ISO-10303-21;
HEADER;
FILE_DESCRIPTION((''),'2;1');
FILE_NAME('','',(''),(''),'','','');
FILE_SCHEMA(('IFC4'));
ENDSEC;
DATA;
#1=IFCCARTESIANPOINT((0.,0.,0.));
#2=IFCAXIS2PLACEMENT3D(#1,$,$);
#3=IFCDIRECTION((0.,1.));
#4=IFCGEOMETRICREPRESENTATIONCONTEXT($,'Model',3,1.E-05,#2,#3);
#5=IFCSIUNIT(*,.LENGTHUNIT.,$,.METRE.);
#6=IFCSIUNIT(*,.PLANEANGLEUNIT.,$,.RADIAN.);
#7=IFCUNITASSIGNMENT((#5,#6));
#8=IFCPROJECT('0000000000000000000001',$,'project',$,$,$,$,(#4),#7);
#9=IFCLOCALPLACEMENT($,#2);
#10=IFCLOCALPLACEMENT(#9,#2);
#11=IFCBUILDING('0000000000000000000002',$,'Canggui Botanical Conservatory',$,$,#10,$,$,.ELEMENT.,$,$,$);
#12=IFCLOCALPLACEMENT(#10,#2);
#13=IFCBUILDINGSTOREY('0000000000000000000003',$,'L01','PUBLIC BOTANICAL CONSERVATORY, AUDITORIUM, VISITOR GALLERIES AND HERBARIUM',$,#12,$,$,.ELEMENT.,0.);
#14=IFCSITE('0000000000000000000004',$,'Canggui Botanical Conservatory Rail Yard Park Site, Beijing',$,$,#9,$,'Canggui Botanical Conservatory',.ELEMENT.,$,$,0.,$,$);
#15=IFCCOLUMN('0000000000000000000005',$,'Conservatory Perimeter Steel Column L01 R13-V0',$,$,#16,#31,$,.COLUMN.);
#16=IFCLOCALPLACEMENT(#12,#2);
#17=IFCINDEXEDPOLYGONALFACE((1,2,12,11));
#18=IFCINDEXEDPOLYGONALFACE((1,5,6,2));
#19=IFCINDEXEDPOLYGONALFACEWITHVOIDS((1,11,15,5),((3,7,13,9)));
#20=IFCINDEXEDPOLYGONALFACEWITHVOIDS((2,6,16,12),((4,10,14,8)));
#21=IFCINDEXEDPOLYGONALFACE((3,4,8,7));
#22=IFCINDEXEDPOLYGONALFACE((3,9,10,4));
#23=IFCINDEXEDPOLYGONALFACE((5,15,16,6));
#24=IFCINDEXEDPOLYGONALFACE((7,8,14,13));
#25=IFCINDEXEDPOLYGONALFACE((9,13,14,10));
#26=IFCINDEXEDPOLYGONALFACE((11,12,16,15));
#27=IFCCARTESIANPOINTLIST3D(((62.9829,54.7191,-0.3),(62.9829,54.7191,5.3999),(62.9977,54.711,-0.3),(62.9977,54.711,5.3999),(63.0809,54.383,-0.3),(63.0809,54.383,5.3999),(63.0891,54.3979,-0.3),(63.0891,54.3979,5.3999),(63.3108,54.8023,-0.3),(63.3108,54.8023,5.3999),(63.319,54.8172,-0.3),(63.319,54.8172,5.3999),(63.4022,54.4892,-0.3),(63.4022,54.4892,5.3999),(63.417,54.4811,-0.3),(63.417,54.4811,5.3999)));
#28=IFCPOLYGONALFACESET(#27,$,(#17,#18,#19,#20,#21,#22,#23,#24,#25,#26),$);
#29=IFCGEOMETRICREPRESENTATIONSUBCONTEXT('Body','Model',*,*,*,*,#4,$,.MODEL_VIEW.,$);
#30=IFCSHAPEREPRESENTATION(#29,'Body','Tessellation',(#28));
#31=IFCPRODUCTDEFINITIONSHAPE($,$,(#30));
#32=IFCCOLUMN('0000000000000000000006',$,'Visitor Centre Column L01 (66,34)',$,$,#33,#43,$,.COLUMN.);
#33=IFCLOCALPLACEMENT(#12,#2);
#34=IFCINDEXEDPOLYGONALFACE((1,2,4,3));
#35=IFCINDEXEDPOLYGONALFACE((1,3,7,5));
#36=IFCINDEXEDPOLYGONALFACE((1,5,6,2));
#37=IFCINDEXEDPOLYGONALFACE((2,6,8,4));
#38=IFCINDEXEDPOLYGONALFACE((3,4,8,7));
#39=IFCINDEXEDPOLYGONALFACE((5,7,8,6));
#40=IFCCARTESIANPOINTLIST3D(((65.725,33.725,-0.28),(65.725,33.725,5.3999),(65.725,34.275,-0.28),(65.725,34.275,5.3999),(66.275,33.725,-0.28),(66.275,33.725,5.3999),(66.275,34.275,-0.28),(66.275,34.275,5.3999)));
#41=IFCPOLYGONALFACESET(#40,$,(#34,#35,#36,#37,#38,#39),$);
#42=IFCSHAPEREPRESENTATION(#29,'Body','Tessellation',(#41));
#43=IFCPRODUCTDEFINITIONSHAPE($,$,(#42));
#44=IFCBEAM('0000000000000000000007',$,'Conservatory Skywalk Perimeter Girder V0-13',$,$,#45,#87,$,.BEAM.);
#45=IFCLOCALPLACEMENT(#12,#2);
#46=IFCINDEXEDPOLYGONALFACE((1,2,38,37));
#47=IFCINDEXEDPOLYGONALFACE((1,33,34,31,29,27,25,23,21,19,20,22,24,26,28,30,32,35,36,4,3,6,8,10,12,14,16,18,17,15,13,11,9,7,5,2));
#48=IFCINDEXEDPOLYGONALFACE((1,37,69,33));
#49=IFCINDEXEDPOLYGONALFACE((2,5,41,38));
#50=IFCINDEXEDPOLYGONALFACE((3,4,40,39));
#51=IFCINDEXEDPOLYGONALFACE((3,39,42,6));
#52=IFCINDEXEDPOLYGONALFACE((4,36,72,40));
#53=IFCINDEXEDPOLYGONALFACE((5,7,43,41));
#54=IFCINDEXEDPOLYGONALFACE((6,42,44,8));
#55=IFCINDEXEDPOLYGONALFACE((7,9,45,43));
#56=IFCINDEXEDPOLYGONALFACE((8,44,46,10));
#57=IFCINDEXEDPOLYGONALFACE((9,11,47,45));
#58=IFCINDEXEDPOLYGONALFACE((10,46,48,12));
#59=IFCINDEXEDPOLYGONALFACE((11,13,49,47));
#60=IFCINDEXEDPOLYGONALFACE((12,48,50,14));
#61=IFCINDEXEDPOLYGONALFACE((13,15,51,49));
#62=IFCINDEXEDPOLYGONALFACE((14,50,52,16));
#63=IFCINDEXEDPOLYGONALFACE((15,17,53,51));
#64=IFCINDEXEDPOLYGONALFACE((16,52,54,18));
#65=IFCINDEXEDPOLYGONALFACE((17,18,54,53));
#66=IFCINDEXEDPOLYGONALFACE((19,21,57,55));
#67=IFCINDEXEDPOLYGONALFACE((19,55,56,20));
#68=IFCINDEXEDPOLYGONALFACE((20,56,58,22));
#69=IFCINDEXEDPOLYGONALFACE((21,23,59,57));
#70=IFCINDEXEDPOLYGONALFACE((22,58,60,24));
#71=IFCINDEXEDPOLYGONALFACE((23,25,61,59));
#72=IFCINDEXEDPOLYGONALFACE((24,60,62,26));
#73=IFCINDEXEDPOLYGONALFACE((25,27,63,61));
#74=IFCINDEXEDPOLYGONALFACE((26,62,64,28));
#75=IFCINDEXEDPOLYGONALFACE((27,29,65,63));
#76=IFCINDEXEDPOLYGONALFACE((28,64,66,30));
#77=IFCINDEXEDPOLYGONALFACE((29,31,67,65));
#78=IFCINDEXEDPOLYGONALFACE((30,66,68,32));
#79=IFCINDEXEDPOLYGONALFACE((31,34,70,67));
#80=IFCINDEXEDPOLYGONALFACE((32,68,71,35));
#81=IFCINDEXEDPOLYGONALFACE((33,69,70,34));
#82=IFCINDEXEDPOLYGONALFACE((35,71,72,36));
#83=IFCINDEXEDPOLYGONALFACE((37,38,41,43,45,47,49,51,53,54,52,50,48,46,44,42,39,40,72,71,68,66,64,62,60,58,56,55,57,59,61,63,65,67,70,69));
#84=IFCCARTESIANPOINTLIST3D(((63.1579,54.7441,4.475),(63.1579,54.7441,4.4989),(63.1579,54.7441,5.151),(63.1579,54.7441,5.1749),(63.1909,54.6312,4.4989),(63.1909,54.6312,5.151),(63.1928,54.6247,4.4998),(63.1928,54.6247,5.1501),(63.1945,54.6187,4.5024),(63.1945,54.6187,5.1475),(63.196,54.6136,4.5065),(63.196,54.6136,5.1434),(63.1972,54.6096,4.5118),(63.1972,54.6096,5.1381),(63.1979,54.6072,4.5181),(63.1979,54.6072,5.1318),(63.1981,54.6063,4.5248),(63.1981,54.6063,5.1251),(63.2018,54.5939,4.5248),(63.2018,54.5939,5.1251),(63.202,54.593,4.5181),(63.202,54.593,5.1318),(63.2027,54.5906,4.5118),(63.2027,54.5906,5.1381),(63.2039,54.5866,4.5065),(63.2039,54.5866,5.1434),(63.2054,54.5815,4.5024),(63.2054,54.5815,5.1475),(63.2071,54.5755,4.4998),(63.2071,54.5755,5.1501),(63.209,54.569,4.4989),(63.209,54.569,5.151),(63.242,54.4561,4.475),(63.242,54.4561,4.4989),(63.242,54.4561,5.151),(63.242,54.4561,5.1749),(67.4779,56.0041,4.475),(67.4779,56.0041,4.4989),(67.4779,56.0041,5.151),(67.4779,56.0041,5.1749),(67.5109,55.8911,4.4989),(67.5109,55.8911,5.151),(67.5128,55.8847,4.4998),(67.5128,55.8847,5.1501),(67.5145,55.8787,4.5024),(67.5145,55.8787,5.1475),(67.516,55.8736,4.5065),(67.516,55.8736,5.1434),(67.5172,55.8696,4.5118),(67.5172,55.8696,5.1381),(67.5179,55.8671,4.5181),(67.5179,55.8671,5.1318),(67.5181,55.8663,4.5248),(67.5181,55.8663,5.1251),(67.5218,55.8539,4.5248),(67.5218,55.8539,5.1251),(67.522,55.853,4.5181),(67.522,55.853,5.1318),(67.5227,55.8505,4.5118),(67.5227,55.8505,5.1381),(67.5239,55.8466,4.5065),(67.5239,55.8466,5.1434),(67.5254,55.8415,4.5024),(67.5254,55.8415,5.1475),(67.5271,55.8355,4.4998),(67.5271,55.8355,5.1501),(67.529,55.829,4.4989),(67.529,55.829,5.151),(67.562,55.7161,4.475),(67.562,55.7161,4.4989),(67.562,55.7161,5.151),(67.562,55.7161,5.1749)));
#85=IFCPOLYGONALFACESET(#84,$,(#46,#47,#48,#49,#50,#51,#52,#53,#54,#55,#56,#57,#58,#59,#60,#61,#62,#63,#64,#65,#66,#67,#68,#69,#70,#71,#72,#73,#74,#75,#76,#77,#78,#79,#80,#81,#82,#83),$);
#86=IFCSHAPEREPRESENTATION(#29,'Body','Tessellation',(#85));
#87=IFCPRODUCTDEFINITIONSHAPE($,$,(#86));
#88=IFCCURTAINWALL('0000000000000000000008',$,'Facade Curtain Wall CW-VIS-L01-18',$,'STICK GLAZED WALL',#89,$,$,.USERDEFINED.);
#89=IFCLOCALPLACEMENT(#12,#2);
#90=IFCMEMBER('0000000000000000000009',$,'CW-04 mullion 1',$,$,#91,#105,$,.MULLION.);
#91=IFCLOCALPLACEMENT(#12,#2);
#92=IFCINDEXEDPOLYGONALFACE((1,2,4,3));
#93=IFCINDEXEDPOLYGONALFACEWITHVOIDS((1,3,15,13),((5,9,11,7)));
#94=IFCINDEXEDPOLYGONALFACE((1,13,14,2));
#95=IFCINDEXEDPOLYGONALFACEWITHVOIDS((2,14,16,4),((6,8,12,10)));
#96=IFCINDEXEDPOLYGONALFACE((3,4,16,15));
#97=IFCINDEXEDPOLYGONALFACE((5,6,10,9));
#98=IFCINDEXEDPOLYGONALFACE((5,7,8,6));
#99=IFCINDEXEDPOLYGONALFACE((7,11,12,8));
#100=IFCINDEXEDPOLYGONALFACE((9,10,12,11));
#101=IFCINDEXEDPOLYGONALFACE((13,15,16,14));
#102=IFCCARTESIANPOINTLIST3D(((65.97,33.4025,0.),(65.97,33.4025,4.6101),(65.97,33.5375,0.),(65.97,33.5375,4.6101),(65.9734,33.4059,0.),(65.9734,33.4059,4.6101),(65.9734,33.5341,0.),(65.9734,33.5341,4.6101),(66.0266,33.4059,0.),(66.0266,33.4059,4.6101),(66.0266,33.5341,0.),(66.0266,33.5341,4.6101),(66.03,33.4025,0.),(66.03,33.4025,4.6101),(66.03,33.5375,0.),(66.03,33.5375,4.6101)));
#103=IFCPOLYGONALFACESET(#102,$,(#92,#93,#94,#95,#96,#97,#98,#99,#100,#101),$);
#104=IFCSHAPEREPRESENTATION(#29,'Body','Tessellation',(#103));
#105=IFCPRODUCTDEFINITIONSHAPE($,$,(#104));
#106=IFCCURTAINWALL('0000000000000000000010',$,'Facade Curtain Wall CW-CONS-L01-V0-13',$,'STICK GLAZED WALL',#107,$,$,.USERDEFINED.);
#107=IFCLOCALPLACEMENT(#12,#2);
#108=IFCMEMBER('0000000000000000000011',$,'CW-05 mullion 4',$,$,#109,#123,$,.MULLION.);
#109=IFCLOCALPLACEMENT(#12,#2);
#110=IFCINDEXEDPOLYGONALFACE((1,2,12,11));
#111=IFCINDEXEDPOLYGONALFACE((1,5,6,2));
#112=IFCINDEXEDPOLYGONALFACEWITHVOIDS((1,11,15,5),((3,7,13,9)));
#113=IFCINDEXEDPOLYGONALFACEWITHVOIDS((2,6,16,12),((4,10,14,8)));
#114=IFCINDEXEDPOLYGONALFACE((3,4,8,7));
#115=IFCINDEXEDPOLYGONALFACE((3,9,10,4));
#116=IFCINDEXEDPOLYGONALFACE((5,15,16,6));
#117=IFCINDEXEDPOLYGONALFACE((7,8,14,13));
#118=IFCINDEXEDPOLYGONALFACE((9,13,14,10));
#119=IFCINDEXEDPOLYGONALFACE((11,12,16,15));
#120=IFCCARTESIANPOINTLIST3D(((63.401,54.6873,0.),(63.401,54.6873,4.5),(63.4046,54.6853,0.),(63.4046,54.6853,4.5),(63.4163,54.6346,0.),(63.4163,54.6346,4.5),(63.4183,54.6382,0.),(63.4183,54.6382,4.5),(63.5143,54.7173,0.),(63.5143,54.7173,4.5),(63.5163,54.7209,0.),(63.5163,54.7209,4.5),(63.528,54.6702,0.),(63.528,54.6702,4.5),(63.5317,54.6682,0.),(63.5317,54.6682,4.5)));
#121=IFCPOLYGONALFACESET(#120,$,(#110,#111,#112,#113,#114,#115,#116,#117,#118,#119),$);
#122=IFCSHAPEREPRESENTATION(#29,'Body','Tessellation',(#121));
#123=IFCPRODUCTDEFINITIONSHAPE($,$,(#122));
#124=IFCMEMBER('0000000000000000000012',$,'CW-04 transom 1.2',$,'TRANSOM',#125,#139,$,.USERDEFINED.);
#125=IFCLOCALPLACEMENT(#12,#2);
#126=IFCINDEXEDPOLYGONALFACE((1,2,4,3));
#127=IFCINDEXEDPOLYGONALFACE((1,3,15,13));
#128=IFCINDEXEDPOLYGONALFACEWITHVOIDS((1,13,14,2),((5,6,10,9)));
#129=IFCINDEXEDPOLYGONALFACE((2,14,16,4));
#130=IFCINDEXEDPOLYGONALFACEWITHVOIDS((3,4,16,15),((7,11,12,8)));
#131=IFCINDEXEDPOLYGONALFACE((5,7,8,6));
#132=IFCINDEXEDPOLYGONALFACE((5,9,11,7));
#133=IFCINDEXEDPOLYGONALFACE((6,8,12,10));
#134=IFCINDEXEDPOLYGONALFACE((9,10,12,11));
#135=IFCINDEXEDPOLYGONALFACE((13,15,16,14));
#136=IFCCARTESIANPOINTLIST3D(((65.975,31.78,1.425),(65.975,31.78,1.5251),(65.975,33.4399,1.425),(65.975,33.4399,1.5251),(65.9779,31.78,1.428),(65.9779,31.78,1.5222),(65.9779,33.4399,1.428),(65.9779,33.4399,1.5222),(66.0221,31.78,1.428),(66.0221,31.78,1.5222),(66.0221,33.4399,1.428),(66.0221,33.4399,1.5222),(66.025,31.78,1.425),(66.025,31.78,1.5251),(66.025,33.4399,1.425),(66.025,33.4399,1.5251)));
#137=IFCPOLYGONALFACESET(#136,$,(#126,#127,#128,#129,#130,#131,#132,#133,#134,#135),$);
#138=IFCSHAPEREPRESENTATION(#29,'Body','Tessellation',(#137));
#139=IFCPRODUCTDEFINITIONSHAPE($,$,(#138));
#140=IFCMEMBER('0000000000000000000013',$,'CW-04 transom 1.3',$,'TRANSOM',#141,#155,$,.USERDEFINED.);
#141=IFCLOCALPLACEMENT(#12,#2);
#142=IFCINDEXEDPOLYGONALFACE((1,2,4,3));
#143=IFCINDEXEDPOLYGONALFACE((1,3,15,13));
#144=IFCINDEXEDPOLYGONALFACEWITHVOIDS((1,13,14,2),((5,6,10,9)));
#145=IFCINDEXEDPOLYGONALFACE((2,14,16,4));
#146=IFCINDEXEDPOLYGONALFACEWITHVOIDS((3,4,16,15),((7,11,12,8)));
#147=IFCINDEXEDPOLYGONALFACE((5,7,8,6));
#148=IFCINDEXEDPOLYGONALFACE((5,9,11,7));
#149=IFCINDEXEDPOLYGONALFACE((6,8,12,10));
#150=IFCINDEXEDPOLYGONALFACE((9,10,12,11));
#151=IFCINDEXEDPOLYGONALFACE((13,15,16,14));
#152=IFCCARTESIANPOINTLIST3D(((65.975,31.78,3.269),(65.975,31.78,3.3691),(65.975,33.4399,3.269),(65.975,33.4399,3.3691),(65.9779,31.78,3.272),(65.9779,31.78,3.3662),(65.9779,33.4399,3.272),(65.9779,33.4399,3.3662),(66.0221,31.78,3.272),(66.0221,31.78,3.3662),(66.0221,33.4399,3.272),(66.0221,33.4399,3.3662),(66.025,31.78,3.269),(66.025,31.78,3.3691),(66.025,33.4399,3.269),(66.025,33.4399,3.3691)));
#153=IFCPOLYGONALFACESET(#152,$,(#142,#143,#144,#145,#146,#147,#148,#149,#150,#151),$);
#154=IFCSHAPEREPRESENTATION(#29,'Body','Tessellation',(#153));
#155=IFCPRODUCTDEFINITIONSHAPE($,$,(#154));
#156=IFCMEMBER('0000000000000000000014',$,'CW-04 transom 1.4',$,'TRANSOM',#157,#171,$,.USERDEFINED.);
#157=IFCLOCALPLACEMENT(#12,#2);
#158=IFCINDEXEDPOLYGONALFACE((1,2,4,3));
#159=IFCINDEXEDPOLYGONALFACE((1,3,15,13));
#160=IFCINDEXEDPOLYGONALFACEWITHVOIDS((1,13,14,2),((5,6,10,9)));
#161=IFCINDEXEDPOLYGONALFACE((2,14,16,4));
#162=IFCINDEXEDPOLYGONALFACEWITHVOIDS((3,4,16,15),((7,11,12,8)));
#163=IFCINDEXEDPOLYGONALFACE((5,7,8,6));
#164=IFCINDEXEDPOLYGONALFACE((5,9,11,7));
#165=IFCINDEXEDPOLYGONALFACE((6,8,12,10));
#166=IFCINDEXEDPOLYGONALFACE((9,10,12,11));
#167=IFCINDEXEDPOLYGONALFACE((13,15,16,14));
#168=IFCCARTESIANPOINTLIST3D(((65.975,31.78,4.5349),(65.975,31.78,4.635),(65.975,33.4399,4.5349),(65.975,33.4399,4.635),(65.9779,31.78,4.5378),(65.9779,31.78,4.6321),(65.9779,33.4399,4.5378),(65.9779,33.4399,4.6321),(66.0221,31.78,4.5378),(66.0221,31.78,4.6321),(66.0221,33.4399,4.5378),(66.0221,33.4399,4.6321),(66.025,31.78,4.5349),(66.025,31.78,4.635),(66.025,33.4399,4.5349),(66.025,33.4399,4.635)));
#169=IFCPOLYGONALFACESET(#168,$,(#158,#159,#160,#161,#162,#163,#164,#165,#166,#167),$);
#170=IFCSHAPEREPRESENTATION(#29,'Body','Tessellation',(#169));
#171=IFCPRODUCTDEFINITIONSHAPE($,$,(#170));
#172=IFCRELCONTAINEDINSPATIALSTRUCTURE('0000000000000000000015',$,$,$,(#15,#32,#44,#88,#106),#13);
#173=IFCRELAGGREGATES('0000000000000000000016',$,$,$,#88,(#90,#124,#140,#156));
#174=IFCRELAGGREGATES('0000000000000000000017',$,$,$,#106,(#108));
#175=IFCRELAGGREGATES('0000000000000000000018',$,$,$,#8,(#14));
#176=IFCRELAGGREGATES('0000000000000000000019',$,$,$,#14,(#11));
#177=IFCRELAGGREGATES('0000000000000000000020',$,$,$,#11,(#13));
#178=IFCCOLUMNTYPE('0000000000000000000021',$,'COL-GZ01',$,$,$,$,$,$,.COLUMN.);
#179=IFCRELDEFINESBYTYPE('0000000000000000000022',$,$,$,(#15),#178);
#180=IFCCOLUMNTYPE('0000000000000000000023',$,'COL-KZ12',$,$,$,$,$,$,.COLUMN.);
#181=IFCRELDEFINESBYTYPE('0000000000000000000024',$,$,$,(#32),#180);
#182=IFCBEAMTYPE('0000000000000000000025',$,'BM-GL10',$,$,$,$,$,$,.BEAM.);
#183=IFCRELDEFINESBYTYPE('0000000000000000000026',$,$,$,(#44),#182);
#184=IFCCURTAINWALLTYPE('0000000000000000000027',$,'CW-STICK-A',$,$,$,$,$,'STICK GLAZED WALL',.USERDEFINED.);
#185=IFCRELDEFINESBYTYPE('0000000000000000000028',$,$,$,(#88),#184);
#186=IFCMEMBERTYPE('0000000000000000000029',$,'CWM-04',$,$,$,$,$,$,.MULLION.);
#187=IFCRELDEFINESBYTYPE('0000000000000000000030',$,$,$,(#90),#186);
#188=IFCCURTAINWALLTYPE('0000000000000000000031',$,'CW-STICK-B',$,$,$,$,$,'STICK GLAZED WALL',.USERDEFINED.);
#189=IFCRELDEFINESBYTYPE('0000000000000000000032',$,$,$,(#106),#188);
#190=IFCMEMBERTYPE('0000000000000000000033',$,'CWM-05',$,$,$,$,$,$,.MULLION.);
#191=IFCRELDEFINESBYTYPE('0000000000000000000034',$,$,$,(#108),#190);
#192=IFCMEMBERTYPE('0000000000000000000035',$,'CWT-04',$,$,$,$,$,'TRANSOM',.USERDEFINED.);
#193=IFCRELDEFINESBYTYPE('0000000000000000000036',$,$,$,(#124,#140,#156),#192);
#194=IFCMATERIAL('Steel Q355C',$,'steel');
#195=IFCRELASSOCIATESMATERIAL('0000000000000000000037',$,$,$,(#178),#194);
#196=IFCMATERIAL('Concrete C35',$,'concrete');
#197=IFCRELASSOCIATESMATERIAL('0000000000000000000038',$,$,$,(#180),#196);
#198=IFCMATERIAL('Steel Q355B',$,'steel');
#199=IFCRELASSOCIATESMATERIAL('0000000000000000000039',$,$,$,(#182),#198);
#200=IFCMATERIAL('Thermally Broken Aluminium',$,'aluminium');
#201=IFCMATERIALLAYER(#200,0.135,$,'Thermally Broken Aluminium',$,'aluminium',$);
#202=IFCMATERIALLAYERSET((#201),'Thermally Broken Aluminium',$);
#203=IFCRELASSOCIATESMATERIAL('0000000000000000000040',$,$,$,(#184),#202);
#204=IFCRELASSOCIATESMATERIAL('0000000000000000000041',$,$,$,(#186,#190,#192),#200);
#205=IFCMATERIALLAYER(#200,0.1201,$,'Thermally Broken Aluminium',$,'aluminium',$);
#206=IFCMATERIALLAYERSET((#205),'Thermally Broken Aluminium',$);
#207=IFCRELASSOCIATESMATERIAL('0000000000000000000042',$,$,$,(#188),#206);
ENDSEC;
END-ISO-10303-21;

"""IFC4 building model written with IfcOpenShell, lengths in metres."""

from ifc_helpers import new_model, si_unit, direction, frame, origin, origin_2d, place, context, subcontext, project, spatial, rectangle, hollow_rectangle, i_section, extrude, material, layer, layer_set, material_profile, profile_set, type_object, element, aggregate, save


model = new_model("IFC4")

# Units and contexts
model_context = context("Model", 3, precision=1e-05, world=origin(), true_north=direction((0.0, 1.0)))
body_context = subcontext(model_context, "Body", "Model", "MODEL_VIEW")
ifc_project = project(units=[si_unit("LENGTHUNIT", "METRE"), si_unit("PLANEANGLEUNIT", "RADIAN")], contexts=[model_context])

# Site, building, storey
site_placement = place(None, origin())
site = spatial("IfcSite", under=ifc_project, at=site_placement, Name="Canggui Botanical Conservatory Rail Yard Park Site, Beijing", LongName="Canggui Botanical Conservatory", CompositionType="ELEMENT", RefElevation=0.0)
building_placement = place(site_placement, origin())
building = spatial("IfcBuilding", under=site, at=building_placement, Name="Canggui Botanical Conservatory", CompositionType="ELEMENT")
storey_placement = place(building_placement, origin())
storey = spatial("IfcBuildingStorey", under=building, at=storey_placement, Name="L01", Description="PUBLIC BOTANICAL CONSERVATORY, AUDITORIUM, VISITOR GALLERIES AND HERBARIUM", CompositionType="ELEMENT", Elevation=0.0)

# Shared definitions
ifc_material_1 = material(Name="Concrete C35", Category="concrete")

# Columns
ifc_material_2 = material(Name="Steel Q355C", Category="steel")
ifc_material_profile_1 = material_profile(ifc_material_2, hollow_rectangle(XDim=0.3501, YDim=0.3501, WallThickness=0.012, at=origin_2d()), Name="SHS 350x350x12")
ifc_profile_set_1 = profile_set([ifc_material_profile_1], Name="Steel Q355C")
column_type_1 = type_object("IfcColumnType", Name="COL-GZ01", PredefinedType="COLUMN", material=ifc_profile_set_1)
column_1_placement = place(storey_placement, frame((63.2, 54.6001, -0.3), z_axis=(0.0, 0.0, 1.0), x_axis=(0.96, 0.28, 0.0)))
element("IfcColumn", 1, at=column_1_placement, inside=storey, type_object=column_type_1, Name="Conservatory Perimeter Steel Column L01 R13-V0", PredefinedType="COLUMN", context=body_context, shape_type="SweptSolid", body=[
    extrude(hollow_rectangle(XDim=0.3501, YDim=0.3501, WallThickness=0.012, at=origin_2d()), origin(), (0.0, 0.0, 1.0), 5.7),
])
ifc_material_profile_2 = material_profile(ifc_material_1, rectangle(XDim=0.55, YDim=0.55, at=origin_2d()), Name="RC 550x550")
ifc_profile_set_2 = profile_set([ifc_material_profile_2], Name="Concrete C35")
column_type_2 = type_object("IfcColumnType", Name="COL-KZ12", PredefinedType="COLUMN", material=ifc_profile_set_2)
column_2_placement = place(storey_placement, frame((66.0, 34.0, -0.28), z_axis=(0.0, 0.0, 1.0), x_axis=(1.0, 0.0, 0.0)))
element("IfcColumn", 2, at=column_2_placement, inside=storey, type_object=column_type_2, Name="Visitor Centre Column L01 (66,34)", PredefinedType="COLUMN", context=body_context, shape_type="SweptSolid", body=[
    extrude(rectangle(XDim=0.55, YDim=0.55, at=origin_2d()), origin(), (0.0, 0.0, 1.0), 5.6799),
])

# Beam
ifc_material_3 = material(Name="Steel Q355B", Category="steel")
ifc_material_profile_3 = material_profile(ifc_material_3, i_section(OverallWidth=0.3, OverallDepth=0.7, WebThickness=0.0129, FlangeThickness=0.0239, FilletRadius=0.0259, at=origin_2d()), Name="HN 700x300x13x24")
ifc_profile_set_3 = profile_set([ifc_material_profile_3], Name="Steel Q355B")
beam_type = type_object("IfcBeamType", Name="BM-GL10", PredefinedType="BEAM", material=ifc_profile_set_3)
beam_placement = place(storey_placement, frame((63.2, 54.6001, 4.825), z_axis=(0.960001, 0.279998, 0.0), x_axis=(-0.279998, 0.960001, 0.0)))
element("IfcBeam", 3, at=beam_placement, inside=storey, type_object=beam_type, Name="Conservatory Skywalk Perimeter Girder V0-13", PredefinedType="BEAM", context=body_context, shape_type="SweptSolid", body=[
    extrude(i_section(OverallWidth=0.3, OverallDepth=0.7, WebThickness=0.0129, FlangeThickness=0.0239, FilletRadius=0.0259, at=origin_2d()), origin(), (0.0, 0.0, 1.0), 4.5),
])

# Curtain walls, members
ifc_material_4 = material(Name="Thermally Broken Aluminium", Category="aluminium")
ifc_layer_1 = layer(ifc_material_4, 0.135, Name="Thermally Broken Aluminium", Category="aluminium")
ifc_layer_set_1 = layer_set([ifc_layer_1], Name="Thermally Broken Aluminium")
curtain_wall_type_1 = type_object("IfcCurtainWallType", Name="CW-STICK-A", ElementType="STICK GLAZED WALL", PredefinedType="USERDEFINED", material=ifc_layer_set_1)
curtain_wall_1_placement = place(storey_placement, origin())
curtain_wall_1 = element("IfcCurtainWall", 4, at=curtain_wall_1_placement, inside=storey, type_object=curtain_wall_type_1, Name="Facade Curtain Wall CW-VIS-L01-18", ObjectType="STICK GLAZED WALL", PredefinedType="USERDEFINED")
ifc_material_profile_4 = material_profile(ifc_material_4, hollow_rectangle(XDim=0.0601, YDim=0.135, WallThickness=0.0034, at=origin_2d()), Name="CWM 60x135x3.5")
ifc_profile_set_4 = profile_set([ifc_material_profile_4], Name="Thermally Broken Aluminium")
member_type_1 = type_object("IfcMemberType", Name="CWM-04", PredefinedType="MULLION", material=ifc_profile_set_4)
member_1_placement = place(storey_placement, frame((66.0, 33.47, 0.0), z_axis=(0.0, 0.0, 1.0), x_axis=(1.0, 0.0, 0.0)))
member_1 = element("IfcMember", 5, at=member_1_placement, type_object=member_type_1, Name="CW-04 mullion 1", PredefinedType="MULLION", context=body_context, shape_type="SweptSolid", body=[
    extrude(hollow_rectangle(XDim=0.0601, YDim=0.135, WallThickness=0.0034, at=origin_2d()), origin(), (0.0, 0.0, 1.0), 4.6101),
])
ifc_layer_2 = layer(ifc_material_4, 0.1201, Name="Thermally Broken Aluminium", Category="aluminium")
ifc_layer_set_2 = layer_set([ifc_layer_2], Name="Thermally Broken Aluminium")
curtain_wall_type_2 = type_object("IfcCurtainWallType", Name="CW-STICK-B", ElementType="STICK GLAZED WALL", PredefinedType="USERDEFINED", material=ifc_layer_set_2)
curtain_wall_2_placement = place(storey_placement, origin())
curtain_wall_2 = element("IfcCurtainWall", 6, at=curtain_wall_2_placement, inside=storey, type_object=curtain_wall_type_2, Name="Facade Curtain Wall CW-CONS-L01-V0-13", ObjectType="STICK GLAZED WALL", PredefinedType="USERDEFINED")
ifc_material_profile_5 = material_profile(ifc_material_4, hollow_rectangle(XDim=0.0549, YDim=0.1201, WallThickness=0.0029, at=origin_2d()), Name="CWM 55x120x3")
ifc_profile_set_5 = profile_set([ifc_material_profile_5], Name="Thermally Broken Aluminium")
member_type_2 = type_object("IfcMemberType", Name="CWM-05", PredefinedType="MULLION", material=ifc_profile_set_5)
member_2_placement = place(storey_placement, frame((63.4663, 54.6777, 0.0), z_axis=(0.0, 0.0, 1.0), x_axis=(0.28, -0.96, 0.0)))
member_2 = element("IfcMember", 7, at=member_2_placement, type_object=member_type_2, Name="CW-05 mullion 4", PredefinedType="MULLION", context=body_context, shape_type="SweptSolid", body=[
    extrude(hollow_rectangle(XDim=0.0549, YDim=0.1201, WallThickness=0.0029, at=origin_2d()), origin(), (0.0, 0.0, 1.0), 4.5),
])

# Members
ifc_material_profile_6 = material_profile(ifc_material_4, hollow_rectangle(XDim=0.05, YDim=0.1001, WallThickness=0.0029, at=origin_2d()), Name="CWT 50x100x3")
ifc_profile_set_6 = profile_set([ifc_material_profile_6], Name="Thermally Broken Aluminium")
member_type_3 = type_object("IfcMemberType", Name="CWT-04", ElementType="TRANSOM", PredefinedType="USERDEFINED", material=ifc_profile_set_6)
member_3_placement = place(storey_placement, frame((66.0, 33.4399, 1.4751), z_axis=(0.0, -1.0, 0.0), x_axis=(1.0, 0.0, 0.0)))
member_3 = element("IfcMember", 8, at=member_3_placement, type_object=member_type_3, Name="CW-04 transom 1.2", ObjectType="TRANSOM", PredefinedType="USERDEFINED", context=body_context, shape_type="SweptSolid", body=[
    extrude(hollow_rectangle(XDim=0.05, YDim=0.1001, WallThickness=0.0029, at=origin_2d()), origin(), (0.0, 0.0, 1.0), 1.6599),
])
member_4_placement = place(storey_placement, frame((66.0, 33.4399, 3.3191), z_axis=(0.0, -1.0, 0.0), x_axis=(1.0, 0.0, 0.0)))
member_4 = element("IfcMember", 9, at=member_4_placement, type_object=member_type_3, Name="CW-04 transom 1.3", ObjectType="TRANSOM", PredefinedType="USERDEFINED", context=body_context, shape_type="SweptSolid", body=[
    extrude(hollow_rectangle(XDim=0.05, YDim=0.1001, WallThickness=0.0029, at=origin_2d()), origin(), (0.0, 0.0, 1.0), 1.6599),
])
member_5_placement = place(storey_placement, frame((66.0, 33.4399, 4.585), z_axis=(0.0, -1.0, 0.0), x_axis=(1.0, 0.0, 0.0)))
member_5 = element("IfcMember", 10, at=member_5_placement, type_object=member_type_3, Name="CW-04 transom 1.4", ObjectType="TRANSOM", PredefinedType="USERDEFINED", context=body_context, shape_type="SweptSolid", body=[
    extrude(hollow_rectangle(XDim=0.05, YDim=0.1001, WallThickness=0.0029, at=origin_2d()), origin(), (0.0, 0.0, 1.0), 1.6599),
])
aggregate(curtain_wall_1, [member_1, member_3, member_4, member_5])

aggregate(curtain_wall_2, [member_2])

save(model, "model.ifc")
